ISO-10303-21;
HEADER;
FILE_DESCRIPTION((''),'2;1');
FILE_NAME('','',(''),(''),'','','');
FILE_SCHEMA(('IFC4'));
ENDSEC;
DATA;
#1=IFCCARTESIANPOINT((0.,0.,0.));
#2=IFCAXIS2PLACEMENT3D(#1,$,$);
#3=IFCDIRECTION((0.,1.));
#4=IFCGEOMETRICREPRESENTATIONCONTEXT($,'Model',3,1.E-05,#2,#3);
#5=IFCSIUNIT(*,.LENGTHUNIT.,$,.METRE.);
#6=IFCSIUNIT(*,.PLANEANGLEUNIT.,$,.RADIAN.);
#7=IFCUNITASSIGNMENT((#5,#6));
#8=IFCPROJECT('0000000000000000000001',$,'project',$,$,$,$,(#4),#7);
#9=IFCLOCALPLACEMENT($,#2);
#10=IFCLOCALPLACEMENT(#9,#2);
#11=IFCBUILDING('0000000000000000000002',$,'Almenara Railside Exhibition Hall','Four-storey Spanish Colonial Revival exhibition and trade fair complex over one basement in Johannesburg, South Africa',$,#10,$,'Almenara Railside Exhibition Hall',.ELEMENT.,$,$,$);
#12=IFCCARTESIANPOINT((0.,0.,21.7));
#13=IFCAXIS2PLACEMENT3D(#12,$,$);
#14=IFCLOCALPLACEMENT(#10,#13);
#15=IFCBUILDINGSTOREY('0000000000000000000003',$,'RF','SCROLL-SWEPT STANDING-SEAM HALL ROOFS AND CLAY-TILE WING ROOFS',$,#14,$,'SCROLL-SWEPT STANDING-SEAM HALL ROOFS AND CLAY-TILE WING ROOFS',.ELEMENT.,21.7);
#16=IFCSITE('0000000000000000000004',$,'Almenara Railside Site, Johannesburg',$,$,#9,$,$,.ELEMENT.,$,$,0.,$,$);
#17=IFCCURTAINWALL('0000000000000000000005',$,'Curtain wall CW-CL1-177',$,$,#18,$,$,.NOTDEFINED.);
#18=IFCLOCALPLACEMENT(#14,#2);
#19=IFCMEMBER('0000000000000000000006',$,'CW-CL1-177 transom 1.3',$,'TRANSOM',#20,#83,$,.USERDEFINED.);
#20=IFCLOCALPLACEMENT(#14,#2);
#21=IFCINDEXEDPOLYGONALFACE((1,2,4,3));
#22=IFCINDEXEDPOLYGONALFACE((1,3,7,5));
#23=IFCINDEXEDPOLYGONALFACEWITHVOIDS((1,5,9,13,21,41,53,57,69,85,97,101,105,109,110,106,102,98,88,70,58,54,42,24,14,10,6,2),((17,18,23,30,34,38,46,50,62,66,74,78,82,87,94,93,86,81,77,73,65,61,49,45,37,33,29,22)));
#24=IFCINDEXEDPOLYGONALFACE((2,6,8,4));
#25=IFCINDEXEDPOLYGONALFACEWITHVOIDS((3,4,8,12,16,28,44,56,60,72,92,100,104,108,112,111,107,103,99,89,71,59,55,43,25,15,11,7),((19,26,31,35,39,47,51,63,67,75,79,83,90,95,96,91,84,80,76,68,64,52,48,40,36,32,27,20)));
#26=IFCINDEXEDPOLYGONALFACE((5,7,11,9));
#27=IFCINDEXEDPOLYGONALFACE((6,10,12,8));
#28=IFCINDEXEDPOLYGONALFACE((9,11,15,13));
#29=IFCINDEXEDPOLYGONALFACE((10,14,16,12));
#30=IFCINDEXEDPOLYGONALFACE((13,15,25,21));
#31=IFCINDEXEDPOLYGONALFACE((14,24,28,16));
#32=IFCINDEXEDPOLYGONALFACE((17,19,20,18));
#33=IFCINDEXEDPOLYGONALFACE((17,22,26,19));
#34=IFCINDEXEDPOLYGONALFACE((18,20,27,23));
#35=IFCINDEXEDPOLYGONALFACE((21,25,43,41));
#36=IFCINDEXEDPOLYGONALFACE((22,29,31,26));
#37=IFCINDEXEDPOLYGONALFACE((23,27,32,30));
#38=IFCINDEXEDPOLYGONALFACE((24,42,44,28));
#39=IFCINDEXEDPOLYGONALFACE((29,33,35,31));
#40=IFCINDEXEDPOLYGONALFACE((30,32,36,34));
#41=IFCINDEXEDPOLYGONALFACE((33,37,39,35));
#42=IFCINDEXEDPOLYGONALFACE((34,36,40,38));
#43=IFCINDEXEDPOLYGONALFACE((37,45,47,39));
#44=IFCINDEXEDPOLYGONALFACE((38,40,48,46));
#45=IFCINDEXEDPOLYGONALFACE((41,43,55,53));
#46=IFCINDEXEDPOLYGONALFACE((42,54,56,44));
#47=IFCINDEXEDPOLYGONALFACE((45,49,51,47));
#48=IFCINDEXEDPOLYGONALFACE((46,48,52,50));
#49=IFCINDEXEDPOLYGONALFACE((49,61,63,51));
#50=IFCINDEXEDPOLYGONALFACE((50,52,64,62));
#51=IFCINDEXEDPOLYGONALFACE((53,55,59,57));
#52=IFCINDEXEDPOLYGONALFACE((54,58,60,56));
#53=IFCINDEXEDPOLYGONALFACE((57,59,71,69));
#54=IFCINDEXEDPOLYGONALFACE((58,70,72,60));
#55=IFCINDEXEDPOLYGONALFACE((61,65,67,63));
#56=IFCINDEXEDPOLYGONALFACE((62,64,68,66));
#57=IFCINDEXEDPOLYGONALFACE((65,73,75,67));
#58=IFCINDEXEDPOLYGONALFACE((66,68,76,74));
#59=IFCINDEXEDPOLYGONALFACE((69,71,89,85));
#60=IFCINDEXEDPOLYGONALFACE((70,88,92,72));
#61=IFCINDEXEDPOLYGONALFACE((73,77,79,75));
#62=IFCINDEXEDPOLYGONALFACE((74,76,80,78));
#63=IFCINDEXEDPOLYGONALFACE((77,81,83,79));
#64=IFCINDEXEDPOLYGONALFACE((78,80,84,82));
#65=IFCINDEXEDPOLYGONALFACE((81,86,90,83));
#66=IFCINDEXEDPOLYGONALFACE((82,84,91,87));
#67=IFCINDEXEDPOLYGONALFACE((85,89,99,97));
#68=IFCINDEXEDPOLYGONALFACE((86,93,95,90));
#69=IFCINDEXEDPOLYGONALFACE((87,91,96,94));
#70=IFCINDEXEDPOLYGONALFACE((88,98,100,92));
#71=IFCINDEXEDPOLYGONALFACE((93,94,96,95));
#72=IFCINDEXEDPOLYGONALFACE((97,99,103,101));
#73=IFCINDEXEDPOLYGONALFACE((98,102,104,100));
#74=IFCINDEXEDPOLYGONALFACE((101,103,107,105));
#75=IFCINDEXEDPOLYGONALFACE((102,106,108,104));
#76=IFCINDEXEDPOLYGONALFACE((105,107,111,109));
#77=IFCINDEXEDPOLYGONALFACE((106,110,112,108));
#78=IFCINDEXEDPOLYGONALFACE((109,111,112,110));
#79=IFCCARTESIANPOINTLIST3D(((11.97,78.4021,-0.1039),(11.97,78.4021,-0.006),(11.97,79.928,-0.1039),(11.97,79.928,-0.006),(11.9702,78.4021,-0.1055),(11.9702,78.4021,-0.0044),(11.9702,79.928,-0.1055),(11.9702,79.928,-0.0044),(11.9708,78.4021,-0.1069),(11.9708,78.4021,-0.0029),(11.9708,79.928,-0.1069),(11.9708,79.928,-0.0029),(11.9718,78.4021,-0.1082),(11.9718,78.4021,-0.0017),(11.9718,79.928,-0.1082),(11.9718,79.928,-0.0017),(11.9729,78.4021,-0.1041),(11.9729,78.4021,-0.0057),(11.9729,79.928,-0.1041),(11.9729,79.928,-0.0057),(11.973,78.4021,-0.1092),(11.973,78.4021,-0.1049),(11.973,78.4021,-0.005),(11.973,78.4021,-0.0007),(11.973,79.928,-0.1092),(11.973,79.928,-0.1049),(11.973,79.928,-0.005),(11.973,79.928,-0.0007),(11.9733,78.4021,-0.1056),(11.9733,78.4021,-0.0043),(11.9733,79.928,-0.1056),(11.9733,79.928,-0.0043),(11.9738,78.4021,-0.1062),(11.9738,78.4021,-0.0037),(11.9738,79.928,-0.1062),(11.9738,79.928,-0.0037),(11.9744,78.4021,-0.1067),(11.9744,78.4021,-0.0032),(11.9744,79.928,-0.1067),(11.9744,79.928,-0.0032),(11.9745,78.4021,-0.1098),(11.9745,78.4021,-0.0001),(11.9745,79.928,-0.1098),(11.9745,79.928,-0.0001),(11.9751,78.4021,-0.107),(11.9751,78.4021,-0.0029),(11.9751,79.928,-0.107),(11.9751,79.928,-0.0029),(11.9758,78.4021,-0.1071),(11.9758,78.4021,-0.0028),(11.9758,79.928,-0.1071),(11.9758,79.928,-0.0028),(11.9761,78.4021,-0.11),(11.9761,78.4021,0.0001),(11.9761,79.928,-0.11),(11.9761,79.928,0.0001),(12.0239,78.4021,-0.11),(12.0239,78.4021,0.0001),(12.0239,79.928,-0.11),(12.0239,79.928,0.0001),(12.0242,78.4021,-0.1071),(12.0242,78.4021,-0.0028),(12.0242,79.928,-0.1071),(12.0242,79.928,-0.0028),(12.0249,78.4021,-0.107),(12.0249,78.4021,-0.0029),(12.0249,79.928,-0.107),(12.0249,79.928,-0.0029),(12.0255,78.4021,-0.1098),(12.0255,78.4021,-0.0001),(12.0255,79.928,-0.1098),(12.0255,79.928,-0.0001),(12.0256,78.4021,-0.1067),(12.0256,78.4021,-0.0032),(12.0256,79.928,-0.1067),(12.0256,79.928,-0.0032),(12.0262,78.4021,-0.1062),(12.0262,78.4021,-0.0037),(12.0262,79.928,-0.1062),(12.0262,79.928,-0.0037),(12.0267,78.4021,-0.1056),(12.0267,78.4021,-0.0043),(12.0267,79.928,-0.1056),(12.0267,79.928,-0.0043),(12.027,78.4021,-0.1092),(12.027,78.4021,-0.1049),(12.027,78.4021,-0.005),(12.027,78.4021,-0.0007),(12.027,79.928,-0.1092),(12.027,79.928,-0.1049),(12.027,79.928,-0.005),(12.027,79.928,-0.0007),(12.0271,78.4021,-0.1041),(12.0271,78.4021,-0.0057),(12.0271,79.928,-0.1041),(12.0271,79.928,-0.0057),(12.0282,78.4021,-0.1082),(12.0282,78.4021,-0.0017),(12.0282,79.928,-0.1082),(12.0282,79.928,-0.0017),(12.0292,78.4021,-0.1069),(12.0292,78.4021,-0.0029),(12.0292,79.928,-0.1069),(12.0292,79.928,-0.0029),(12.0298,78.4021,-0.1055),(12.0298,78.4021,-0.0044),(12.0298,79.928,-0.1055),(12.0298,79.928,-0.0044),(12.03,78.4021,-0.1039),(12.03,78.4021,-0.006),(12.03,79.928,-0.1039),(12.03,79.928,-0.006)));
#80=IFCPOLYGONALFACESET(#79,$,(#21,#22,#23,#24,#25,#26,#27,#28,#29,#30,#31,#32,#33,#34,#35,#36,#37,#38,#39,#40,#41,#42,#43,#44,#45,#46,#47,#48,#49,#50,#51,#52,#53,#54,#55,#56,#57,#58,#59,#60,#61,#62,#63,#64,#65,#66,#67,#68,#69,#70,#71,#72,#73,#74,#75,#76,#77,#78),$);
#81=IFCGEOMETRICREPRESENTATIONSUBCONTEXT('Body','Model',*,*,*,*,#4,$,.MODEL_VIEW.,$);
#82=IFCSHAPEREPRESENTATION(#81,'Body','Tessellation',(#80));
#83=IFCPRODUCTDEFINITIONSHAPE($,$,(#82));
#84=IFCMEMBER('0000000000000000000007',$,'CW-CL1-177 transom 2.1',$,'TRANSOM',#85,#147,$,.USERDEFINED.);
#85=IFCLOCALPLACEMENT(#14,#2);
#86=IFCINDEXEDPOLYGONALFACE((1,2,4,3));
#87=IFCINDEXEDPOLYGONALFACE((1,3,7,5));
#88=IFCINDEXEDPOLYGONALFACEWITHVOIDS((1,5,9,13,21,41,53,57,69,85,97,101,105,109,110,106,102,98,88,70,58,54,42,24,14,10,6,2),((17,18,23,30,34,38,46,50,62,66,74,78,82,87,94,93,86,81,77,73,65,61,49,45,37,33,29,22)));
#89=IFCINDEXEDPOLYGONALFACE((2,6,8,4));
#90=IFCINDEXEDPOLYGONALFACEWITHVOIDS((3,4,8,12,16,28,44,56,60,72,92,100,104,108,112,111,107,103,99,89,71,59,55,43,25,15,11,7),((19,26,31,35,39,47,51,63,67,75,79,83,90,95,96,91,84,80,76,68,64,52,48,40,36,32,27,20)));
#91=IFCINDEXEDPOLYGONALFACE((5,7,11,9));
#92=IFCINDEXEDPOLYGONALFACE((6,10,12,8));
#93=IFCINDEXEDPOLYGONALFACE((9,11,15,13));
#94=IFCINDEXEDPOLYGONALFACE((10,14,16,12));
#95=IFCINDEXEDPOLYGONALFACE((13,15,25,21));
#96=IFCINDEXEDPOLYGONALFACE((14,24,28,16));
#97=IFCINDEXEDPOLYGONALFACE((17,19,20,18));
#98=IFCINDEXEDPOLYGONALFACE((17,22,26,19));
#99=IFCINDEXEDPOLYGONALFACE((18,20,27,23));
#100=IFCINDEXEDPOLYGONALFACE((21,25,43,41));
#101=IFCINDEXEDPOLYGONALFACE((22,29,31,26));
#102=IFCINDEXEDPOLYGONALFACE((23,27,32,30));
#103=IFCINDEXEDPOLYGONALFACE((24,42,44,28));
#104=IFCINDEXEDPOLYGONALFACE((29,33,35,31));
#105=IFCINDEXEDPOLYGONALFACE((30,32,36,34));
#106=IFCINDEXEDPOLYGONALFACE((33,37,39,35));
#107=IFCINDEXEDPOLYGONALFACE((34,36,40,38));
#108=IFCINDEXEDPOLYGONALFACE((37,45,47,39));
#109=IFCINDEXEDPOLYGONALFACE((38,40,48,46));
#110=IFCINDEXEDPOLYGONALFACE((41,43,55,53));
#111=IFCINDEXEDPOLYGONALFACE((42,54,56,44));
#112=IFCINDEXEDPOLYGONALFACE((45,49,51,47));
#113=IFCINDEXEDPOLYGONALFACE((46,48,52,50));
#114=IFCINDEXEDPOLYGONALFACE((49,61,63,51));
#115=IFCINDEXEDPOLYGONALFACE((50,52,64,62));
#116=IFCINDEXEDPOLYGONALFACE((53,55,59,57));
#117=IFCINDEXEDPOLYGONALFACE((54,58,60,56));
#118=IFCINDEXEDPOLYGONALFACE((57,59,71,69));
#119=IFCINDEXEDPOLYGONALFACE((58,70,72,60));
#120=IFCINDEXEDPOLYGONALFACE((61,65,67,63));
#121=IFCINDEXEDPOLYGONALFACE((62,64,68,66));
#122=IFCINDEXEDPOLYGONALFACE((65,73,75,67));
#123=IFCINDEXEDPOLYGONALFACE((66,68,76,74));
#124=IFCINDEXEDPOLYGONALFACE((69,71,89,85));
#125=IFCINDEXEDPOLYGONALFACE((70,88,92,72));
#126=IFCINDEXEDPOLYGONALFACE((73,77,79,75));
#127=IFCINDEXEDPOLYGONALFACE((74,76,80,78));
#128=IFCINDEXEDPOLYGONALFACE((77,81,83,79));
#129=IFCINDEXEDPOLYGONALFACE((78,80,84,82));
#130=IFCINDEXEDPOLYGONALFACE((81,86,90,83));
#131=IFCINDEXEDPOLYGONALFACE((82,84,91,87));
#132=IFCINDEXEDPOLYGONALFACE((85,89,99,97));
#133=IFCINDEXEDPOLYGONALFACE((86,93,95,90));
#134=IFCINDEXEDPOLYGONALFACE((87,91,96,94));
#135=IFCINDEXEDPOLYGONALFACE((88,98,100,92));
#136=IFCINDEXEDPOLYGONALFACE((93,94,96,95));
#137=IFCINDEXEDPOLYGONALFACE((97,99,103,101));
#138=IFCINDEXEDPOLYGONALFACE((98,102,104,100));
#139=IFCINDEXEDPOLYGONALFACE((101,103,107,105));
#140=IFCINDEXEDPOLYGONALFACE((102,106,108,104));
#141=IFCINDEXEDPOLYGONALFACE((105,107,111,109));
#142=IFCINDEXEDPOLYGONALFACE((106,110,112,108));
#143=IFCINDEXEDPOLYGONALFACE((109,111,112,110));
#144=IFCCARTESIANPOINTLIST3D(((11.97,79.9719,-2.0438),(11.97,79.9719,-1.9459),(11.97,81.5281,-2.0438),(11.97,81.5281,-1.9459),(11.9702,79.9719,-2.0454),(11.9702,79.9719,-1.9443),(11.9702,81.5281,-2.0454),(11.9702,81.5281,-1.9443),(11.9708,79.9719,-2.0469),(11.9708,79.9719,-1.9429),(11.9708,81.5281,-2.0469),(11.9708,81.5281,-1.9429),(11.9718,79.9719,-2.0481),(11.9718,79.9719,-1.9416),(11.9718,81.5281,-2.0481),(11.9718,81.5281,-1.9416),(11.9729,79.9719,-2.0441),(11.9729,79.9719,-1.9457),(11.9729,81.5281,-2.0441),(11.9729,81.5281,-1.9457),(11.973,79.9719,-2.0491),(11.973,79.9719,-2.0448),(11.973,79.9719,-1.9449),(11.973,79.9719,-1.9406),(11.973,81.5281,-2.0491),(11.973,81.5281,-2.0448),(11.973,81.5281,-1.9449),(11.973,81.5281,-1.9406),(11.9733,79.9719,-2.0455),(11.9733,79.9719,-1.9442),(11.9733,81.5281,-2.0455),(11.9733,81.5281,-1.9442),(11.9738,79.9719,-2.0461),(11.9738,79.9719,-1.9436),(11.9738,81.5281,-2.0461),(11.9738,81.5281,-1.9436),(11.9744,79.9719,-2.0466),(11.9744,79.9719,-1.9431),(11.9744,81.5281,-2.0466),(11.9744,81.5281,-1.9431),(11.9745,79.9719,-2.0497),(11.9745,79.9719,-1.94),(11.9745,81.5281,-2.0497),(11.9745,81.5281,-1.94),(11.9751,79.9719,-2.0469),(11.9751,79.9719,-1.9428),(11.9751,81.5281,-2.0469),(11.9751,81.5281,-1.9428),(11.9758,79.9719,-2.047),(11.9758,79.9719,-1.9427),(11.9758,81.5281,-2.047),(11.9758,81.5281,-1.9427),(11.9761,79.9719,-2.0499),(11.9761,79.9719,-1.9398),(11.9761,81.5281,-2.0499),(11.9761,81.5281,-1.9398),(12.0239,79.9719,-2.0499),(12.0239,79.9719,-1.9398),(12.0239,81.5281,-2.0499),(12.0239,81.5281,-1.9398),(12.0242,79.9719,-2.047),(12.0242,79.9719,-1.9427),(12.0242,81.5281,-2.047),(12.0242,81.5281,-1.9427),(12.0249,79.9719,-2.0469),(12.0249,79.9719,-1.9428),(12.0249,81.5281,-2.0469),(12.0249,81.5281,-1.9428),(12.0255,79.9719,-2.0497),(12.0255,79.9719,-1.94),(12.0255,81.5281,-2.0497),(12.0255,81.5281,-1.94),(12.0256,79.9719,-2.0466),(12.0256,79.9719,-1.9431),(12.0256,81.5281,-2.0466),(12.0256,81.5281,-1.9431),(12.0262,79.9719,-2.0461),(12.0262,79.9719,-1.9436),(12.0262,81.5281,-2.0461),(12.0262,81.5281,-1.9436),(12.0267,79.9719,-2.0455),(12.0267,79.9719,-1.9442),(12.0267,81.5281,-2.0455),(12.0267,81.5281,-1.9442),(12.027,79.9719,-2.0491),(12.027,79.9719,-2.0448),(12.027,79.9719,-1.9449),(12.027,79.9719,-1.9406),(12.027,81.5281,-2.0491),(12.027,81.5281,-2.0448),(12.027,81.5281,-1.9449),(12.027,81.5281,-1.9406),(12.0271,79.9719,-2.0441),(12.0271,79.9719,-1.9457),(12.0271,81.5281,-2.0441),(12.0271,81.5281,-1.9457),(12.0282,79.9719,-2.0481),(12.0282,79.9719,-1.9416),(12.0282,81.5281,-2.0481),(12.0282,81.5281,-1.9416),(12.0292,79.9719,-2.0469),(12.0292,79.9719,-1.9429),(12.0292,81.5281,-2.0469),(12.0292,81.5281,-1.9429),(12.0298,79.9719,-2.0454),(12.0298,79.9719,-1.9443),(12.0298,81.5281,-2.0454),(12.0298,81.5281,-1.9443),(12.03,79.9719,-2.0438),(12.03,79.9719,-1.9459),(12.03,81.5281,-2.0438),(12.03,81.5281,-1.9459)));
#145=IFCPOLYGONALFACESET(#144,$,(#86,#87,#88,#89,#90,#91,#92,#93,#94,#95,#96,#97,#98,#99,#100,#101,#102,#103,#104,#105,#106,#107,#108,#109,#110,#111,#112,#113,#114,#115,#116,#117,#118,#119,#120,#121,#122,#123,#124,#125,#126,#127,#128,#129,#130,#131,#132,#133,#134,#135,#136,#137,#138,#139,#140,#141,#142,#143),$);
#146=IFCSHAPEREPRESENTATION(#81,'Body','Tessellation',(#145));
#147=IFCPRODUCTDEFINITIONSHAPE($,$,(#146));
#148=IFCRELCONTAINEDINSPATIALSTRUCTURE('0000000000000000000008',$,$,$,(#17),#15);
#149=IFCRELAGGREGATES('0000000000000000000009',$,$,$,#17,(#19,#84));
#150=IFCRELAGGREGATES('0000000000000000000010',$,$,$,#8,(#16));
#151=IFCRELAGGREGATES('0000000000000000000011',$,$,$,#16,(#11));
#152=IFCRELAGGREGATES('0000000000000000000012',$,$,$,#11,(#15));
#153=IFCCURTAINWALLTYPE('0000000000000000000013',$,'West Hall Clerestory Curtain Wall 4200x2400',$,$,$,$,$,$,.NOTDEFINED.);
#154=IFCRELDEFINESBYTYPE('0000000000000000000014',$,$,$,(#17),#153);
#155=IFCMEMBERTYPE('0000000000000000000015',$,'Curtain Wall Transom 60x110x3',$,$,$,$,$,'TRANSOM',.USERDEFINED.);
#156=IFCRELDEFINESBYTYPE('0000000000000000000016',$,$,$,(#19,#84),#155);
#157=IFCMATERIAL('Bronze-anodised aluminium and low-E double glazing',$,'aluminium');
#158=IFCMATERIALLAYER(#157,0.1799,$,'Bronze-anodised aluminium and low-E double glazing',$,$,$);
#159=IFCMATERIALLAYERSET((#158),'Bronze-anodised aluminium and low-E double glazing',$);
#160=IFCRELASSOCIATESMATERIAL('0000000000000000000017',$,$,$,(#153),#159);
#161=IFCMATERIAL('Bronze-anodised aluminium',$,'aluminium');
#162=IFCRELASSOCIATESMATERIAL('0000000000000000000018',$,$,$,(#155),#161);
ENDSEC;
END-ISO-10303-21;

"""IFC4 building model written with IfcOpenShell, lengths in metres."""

from ifc_helpers import new_model, si_unit, direction, frame, origin, origin_2d, place, context, subcontext, project, spatial, hollow_rectangle, extrude, material, layer, layer_set, material_profile, profile_set, type_object, element, aggregate, save


model = new_model("IFC4")

# Units and contexts
model_context = context("Model", 3, precision=1e-05, world=origin(), true_north=direction((0.0, 1.0)))
body_context = subcontext(model_context, "Body", "Model", "MODEL_VIEW")
ifc_project = project(units=[si_unit("LENGTHUNIT", "METRE"), si_unit("PLANEANGLEUNIT", "RADIAN")], contexts=[model_context])

# Site, building, storey
site_placement = place(None, origin())
site = spatial("IfcSite", under=ifc_project, at=site_placement, Name="Almenara Railside Site, Johannesburg", CompositionType="ELEMENT", RefElevation=0.0)
building_placement = place(site_placement, origin())
building = spatial("IfcBuilding", under=site, at=building_placement, Name="Almenara Railside Exhibition Hall", Description="Four-storey Spanish Colonial Revival exhibition and trade fair complex over one basement in Johannesburg, South Africa", LongName="Almenara Railside Exhibition Hall", CompositionType="ELEMENT")
storey_placement = place(building_placement, frame((0.0, 0.0, 21.7)))
storey = spatial("IfcBuildingStorey", under=building, at=storey_placement, Name="RF", Description="SCROLL-SWEPT STANDING-SEAM HALL ROOFS AND CLAY-TILE WING ROOFS", LongName="SCROLL-SWEPT STANDING-SEAM HALL ROOFS AND CLAY-TILE WING ROOFS", CompositionType="ELEMENT", Elevation=21.7)

# Curtain wall
ifc_material_1 = material(Name="Bronze-anodised aluminium and low-E double glazing", Category="aluminium")
ifc_layer_1 = layer(ifc_material_1, 0.1799, Name="Bronze-anodised aluminium and low-E double glazing")
ifc_layer_set_1 = layer_set([ifc_layer_1], Name="Bronze-anodised aluminium and low-E double glazing")
curtain_wall_type = type_object("IfcCurtainWallType", Name="West Hall Clerestory Curtain Wall 4200x2400", PredefinedType="NOTDEFINED", material=ifc_layer_set_1)
curtain_wall_1_placement = place(storey_placement, origin())
curtain_wall_1 = element("IfcCurtainWall", 1, at=curtain_wall_1_placement, inside=storey, type_object=curtain_wall_type, Name="Curtain wall CW-CL1-177", PredefinedType="NOTDEFINED")
ifc_material_2 = material(Name="Bronze-anodised aluminium", Category="aluminium")

# Members
ifc_material_profile_1 = material_profile(ifc_material_2, hollow_rectangle(XDim=0.0601, YDim=0.1101, WallThickness=0.0029, InnerFilletRadius=0.0029, OuterFilletRadius=0.0061, at=origin_2d()), Name="ALU-TRN 60x110x3")
ifc_profile_set_1 = profile_set([ifc_material_profile_1], Name="Bronze-anodised aluminium")
member_type_1 = type_object("IfcMemberType", Name="Curtain Wall Transom 60x110x3", ElementType="TRANSOM", PredefinedType="USERDEFINED", material=ifc_profile_set_1)
member_1_placement = place(storey_placement, frame((12.0, 78.4021, -0.0549), z_axis=(0.0, 1.0, 0.0), x_axis=(-1.0, 0.0, 0.0)))
member_1 = element("IfcMember", 2, at=member_1_placement, type_object=member_type_1, Name="CW-CL1-177 transom 1.3", ObjectType="TRANSOM", PredefinedType="USERDEFINED", context=body_context, shape_type="SweptSolid", body=[
    extrude(hollow_rectangle(XDim=0.0601, YDim=0.1101, WallThickness=0.0029, InnerFilletRadius=0.0029, OuterFilletRadius=0.0061, at=origin_2d()), origin(), (0.0, 0.0, 1.0), 1.5259),
])
member_2_placement = place(storey_placement, frame((12.0, 79.9719, -1.9949), z_axis=(0.0, 1.0, 0.0), x_axis=(-1.0, 0.0, 0.0)))
member_2 = element("IfcMember", 3, at=member_2_placement, type_object=member_type_1, Name="CW-CL1-177 transom 2.1", ObjectType="TRANSOM", PredefinedType="USERDEFINED", context=body_context, shape_type="SweptSolid", body=[
    extrude(hollow_rectangle(XDim=0.0601, YDim=0.1101, WallThickness=0.0029, InnerFilletRadius=0.0029, OuterFilletRadius=0.0061, at=origin_2d()), origin(), (0.0, 0.0, 1.0), 1.5562),
])

aggregate(curtain_wall_1, [member_1, member_2])

save(model, "model.ifc")
